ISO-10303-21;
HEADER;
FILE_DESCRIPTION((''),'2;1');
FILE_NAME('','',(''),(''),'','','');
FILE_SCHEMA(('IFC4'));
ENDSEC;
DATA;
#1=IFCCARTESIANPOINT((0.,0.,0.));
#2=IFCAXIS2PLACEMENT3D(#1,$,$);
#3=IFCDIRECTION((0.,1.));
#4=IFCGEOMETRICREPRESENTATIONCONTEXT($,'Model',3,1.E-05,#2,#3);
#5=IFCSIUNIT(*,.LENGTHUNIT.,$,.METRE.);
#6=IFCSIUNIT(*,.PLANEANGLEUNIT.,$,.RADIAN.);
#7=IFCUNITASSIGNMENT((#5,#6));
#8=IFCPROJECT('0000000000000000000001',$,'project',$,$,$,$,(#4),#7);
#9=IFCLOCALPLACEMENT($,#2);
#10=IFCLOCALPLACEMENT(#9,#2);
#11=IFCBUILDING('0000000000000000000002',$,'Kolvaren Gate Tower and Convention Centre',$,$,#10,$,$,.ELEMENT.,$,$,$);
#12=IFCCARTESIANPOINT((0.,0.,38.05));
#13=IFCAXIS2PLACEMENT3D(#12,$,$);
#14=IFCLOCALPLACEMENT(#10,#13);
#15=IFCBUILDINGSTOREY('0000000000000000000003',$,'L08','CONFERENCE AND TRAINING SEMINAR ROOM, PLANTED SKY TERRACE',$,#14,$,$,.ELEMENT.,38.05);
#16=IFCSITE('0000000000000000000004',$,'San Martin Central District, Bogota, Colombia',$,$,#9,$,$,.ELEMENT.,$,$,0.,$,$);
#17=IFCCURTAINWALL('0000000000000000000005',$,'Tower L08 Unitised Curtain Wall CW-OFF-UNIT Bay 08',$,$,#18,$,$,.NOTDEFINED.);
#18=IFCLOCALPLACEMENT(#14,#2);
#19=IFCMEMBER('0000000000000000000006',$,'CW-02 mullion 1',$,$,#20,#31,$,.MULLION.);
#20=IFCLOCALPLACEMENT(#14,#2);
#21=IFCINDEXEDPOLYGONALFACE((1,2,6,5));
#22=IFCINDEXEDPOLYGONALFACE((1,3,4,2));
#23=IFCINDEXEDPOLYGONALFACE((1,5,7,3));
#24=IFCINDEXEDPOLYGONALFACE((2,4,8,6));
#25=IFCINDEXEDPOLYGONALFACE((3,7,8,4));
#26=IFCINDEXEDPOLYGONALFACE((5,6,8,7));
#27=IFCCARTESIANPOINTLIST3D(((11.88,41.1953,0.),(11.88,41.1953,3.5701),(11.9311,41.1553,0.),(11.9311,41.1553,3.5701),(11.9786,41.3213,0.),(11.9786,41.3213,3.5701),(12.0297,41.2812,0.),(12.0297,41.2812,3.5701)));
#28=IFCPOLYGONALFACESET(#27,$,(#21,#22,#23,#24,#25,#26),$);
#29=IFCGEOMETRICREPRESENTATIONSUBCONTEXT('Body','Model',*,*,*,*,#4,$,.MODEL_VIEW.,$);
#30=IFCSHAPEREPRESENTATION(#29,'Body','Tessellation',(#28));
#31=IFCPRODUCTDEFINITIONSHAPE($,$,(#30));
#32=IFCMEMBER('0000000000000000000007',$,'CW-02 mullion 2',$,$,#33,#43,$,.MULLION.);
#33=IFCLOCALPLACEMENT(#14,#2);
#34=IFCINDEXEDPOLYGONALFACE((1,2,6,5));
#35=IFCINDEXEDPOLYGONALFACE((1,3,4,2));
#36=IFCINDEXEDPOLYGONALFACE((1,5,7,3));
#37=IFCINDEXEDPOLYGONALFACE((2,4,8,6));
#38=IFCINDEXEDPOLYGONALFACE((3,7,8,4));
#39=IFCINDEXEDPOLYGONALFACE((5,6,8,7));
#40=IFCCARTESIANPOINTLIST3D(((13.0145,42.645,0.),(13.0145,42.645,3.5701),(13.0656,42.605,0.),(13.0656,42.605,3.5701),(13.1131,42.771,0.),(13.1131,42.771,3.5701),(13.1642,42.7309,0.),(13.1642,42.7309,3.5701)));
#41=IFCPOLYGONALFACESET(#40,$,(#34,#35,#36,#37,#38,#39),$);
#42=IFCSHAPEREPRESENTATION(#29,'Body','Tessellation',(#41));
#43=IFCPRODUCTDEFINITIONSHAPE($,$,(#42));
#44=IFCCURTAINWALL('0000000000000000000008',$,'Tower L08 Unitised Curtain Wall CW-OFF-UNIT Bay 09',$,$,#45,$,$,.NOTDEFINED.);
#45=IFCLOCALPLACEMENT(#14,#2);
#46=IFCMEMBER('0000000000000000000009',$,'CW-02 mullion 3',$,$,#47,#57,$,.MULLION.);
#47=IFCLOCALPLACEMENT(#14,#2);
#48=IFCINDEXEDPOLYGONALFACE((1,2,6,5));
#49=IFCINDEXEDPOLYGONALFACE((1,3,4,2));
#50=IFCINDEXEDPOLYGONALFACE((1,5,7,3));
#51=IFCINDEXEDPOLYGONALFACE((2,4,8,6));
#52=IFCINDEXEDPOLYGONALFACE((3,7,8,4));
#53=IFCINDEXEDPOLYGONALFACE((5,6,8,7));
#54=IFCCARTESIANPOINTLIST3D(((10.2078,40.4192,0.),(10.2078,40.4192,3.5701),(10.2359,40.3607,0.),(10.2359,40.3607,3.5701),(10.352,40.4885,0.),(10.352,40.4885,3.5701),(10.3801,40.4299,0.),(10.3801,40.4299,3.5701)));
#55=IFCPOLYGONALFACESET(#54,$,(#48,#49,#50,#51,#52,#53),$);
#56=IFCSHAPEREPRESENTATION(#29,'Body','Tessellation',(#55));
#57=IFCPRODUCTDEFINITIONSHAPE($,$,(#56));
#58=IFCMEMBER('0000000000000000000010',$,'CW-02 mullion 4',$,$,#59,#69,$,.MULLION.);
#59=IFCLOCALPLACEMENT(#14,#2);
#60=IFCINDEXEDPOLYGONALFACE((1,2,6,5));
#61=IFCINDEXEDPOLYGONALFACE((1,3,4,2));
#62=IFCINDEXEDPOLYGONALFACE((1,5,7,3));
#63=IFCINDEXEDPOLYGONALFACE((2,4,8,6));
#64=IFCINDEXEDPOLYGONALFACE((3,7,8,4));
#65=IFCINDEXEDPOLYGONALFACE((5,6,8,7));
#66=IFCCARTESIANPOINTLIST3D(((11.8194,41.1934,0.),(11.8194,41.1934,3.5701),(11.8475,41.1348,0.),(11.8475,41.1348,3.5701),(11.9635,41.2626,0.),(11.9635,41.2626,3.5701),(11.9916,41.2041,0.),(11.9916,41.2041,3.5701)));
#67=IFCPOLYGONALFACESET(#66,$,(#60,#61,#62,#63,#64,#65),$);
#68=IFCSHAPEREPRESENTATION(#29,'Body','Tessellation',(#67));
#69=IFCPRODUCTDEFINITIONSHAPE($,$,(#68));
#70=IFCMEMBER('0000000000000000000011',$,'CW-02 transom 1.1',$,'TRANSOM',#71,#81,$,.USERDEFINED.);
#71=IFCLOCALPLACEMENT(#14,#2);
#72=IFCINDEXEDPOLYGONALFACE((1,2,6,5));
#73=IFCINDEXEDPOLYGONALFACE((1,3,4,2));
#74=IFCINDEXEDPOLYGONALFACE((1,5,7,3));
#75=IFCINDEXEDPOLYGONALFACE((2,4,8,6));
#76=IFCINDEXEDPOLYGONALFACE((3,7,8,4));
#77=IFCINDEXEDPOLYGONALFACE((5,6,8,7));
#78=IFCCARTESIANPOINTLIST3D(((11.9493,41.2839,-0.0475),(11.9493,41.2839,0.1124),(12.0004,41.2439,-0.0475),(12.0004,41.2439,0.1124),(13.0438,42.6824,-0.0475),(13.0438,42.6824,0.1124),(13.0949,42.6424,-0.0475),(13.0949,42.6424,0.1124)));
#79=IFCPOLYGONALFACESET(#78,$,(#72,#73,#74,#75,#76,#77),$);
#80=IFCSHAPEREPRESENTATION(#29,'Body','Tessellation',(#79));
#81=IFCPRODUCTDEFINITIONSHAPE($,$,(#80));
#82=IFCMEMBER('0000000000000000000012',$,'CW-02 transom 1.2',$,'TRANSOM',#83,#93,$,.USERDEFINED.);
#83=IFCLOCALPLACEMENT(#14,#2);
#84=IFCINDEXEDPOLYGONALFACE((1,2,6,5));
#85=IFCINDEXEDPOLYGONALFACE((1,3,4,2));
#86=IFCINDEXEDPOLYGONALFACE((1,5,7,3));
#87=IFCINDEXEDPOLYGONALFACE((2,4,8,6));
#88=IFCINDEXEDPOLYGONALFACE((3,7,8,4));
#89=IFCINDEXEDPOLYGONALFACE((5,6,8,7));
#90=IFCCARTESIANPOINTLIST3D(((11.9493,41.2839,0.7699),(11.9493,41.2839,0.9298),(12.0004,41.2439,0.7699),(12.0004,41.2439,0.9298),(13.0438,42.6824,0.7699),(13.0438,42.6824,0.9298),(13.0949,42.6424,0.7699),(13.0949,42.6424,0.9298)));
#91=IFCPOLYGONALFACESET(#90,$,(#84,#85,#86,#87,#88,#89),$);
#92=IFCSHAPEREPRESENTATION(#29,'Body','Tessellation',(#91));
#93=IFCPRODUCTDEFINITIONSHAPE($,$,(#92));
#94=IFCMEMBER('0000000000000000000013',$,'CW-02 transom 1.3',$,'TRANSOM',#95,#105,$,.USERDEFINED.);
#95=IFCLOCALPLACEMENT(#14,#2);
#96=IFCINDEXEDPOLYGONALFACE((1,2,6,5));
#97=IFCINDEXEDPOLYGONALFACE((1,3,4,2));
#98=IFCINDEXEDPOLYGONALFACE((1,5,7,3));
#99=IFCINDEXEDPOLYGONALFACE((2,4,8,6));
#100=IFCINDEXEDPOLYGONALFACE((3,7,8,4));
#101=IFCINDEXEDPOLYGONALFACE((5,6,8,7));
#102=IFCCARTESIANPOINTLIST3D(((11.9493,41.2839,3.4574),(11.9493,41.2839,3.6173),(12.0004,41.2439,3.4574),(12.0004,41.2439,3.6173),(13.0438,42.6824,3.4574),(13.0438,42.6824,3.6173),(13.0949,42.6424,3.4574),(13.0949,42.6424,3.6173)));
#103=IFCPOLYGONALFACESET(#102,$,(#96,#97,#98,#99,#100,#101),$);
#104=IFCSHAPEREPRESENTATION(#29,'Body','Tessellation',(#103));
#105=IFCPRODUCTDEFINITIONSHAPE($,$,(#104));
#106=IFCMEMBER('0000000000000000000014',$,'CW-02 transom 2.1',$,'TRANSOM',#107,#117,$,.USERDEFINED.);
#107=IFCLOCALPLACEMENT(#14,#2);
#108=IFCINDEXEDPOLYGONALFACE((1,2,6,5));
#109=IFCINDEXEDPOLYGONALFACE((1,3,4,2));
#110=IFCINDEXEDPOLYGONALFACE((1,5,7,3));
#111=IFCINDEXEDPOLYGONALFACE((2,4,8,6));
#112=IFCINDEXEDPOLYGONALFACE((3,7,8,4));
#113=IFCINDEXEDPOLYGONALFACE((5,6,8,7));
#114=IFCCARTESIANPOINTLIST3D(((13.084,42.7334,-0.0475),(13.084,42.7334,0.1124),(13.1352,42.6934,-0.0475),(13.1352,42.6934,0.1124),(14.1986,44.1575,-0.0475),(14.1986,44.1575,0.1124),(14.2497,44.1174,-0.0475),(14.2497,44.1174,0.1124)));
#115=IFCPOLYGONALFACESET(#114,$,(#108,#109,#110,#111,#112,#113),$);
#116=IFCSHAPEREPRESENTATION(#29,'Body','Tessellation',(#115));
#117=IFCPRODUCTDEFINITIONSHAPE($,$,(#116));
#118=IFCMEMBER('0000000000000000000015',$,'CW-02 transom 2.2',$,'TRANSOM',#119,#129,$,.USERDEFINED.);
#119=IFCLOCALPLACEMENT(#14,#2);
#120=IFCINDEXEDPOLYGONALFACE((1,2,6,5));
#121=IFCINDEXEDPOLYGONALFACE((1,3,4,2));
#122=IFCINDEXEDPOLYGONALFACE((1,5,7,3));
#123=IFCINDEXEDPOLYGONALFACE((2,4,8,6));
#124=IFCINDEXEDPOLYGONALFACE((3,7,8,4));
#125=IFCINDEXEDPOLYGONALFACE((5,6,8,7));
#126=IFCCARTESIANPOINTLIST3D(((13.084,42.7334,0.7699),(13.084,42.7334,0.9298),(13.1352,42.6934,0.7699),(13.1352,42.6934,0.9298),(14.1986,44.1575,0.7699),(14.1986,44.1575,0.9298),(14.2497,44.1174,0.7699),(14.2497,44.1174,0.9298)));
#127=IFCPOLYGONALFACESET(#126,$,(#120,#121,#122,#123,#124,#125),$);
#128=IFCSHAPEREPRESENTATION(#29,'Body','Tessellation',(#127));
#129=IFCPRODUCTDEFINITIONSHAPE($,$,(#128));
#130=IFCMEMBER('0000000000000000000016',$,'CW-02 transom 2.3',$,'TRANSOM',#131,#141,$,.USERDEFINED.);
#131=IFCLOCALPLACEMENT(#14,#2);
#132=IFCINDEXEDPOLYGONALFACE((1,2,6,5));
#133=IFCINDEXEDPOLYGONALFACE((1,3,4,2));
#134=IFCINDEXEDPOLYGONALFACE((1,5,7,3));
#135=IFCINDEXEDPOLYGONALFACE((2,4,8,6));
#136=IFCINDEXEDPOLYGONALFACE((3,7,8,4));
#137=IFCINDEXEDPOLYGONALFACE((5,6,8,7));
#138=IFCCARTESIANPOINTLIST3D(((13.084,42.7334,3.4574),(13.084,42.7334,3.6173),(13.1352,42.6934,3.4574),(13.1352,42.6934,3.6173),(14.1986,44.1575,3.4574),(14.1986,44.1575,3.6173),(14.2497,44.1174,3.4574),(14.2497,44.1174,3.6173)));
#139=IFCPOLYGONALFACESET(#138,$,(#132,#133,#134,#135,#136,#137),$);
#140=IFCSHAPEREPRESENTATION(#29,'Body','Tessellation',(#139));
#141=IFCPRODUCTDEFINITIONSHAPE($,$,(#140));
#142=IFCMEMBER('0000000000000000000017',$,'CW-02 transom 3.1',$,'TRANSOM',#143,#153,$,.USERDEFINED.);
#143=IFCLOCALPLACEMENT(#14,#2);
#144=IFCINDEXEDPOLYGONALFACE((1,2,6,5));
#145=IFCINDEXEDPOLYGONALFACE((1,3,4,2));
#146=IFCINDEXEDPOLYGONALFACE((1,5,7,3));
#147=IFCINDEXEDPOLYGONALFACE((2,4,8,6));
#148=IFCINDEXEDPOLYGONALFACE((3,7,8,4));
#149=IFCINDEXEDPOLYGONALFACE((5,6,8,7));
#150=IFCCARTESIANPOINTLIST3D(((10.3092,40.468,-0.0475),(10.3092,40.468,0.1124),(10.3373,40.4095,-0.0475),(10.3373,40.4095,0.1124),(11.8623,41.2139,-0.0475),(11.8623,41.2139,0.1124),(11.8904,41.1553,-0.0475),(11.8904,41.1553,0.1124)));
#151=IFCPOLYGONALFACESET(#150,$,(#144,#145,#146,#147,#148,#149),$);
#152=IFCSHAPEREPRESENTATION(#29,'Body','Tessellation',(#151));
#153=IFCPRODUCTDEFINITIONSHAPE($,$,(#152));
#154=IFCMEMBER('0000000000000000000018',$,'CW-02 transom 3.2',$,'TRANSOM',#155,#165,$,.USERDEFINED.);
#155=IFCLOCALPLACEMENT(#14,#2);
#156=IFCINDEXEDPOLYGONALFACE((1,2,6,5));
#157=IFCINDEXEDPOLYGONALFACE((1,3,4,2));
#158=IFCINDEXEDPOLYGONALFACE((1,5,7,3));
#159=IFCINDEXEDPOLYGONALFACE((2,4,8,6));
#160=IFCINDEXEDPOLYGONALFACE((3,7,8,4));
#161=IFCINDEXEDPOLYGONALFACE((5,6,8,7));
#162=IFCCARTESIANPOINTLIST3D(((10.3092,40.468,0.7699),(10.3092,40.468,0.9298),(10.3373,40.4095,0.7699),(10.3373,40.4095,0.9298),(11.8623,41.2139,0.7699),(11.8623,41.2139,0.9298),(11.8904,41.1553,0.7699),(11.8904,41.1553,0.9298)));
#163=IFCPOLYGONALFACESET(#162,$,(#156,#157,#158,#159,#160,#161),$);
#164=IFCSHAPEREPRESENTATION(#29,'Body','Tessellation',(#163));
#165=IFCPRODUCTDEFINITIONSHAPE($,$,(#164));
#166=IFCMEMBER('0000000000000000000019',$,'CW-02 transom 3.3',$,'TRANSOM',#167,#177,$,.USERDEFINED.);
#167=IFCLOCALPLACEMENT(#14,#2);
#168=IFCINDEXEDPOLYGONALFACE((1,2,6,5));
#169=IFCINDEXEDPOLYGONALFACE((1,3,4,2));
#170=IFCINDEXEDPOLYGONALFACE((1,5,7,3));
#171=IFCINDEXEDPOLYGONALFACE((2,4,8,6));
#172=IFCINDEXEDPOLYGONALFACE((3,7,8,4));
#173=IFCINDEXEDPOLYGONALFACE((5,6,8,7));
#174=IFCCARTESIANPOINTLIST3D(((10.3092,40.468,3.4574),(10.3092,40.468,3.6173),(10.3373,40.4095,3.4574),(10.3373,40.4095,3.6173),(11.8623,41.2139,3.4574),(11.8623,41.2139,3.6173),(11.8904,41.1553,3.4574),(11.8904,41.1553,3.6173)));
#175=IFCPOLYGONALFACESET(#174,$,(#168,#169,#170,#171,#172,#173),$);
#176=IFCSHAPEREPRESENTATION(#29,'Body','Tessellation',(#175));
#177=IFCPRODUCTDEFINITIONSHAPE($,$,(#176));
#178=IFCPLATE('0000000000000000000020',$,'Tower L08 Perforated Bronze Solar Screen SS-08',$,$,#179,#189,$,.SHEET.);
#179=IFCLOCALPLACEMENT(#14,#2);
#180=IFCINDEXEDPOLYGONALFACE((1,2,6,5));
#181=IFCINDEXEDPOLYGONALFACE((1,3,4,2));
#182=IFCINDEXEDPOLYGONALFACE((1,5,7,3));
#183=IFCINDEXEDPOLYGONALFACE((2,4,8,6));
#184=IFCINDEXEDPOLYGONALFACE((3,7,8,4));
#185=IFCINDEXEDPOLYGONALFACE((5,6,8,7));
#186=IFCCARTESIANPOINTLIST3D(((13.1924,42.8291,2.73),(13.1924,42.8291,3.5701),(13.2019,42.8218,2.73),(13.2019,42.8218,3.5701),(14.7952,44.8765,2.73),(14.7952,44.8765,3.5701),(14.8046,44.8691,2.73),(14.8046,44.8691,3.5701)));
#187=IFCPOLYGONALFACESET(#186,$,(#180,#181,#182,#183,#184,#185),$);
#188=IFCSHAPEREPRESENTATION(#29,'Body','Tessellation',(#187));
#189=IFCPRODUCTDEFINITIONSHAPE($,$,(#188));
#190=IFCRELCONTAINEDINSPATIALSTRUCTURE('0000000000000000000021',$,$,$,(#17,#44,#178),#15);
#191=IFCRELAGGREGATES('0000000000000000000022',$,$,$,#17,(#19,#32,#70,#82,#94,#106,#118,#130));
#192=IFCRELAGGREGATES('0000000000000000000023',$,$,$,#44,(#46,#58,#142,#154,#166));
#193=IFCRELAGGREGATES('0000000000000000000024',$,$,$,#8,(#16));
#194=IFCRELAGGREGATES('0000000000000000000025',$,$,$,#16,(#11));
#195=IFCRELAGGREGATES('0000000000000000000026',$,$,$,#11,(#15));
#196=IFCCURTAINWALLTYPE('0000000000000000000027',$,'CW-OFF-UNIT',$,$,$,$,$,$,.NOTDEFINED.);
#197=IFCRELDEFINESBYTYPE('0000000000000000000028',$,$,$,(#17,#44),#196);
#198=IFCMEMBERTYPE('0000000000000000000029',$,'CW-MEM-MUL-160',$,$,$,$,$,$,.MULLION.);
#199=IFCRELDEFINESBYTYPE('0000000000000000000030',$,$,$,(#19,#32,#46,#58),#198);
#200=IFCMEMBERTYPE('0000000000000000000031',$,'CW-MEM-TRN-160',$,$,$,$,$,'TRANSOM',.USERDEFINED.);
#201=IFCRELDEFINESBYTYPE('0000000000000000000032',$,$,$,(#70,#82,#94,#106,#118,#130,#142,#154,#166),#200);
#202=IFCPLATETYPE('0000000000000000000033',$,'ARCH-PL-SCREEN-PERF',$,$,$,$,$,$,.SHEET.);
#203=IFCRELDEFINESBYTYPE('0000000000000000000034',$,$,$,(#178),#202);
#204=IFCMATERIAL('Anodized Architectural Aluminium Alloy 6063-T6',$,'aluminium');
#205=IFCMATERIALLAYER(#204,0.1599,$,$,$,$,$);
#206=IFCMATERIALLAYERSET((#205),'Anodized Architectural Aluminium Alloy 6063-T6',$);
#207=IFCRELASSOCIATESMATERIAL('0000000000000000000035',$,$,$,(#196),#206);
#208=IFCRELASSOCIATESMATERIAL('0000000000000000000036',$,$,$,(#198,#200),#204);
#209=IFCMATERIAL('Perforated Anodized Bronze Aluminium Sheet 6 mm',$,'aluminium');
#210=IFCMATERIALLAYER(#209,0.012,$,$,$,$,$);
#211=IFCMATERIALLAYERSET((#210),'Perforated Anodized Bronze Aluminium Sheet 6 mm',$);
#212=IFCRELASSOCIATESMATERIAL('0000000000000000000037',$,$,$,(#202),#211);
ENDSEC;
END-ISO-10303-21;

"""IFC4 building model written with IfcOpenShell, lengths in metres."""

from ifc_helpers import new_model, si_unit, direction, frame, origin, origin_2d, place, context, subcontext, project, spatial, rectangle, extrude, material, layer, layer_set, material_profile, profile_set, type_object, element, aggregate, save


model = new_model("IFC4")

# Units and contexts
model_context = context("Model", 3, precision=1e-05, world=origin(), true_north=direction((0.0, 1.0)))
body_context = subcontext(model_context, "Body", "Model", "MODEL_VIEW")
ifc_project = project(units=[si_unit("LENGTHUNIT", "METRE"), si_unit("PLANEANGLEUNIT", "RADIAN")], contexts=[model_context])

# Site, building, storey
site_placement = place(None, origin())
site = spatial("IfcSite", under=ifc_project, at=site_placement, Name="San Martin Central District, Bogota, Colombia", CompositionType="ELEMENT", RefElevation=0.0)
building_placement = place(site_placement, origin())
building = spatial("IfcBuilding", under=site, at=building_placement, Name="Kolvaren Gate Tower and Convention Centre", CompositionType="ELEMENT")
storey_placement = place(building_placement, frame((0.0, 0.0, 38.05)))
storey = spatial("IfcBuildingStorey", under=building, at=storey_placement, Name="L08", Description="CONFERENCE AND TRAINING SEMINAR ROOM, PLANTED SKY TERRACE", CompositionType="ELEMENT", Elevation=38.05)

# Curtain walls, members
ifc_material_1 = material(Name="Anodized Architectural Aluminium Alloy 6063-T6", Category="aluminium")
ifc_layer_1 = layer(ifc_material_1, 0.1599)
ifc_layer_set_1 = layer_set([ifc_layer_1], Name="Anodized Architectural Aluminium Alloy 6063-T6")
curtain_wall_type = type_object("IfcCurtainWallType", Name="CW-OFF-UNIT", PredefinedType="NOTDEFINED", material=ifc_layer_set_1)
curtain_wall_1_placement = place(storey_placement, origin())
curtain_wall_1 = element("IfcCurtainWall", 1, at=curtain_wall_1_placement, inside=storey, type_object=curtain_wall_type, Name="Tower L08 Unitised Curtain Wall CW-OFF-UNIT Bay 08", PredefinedType="NOTDEFINED")
ifc_material_profile_1 = material_profile(ifc_material_1, rectangle(XDim=0.0649, YDim=0.1599, at=origin_2d()), Name="CW-MEM-MUL-160")
ifc_profile_set_1 = profile_set([ifc_material_profile_1], Name="Anodized Architectural Aluminium Alloy 6063-T6")
member_type_1 = type_object("IfcMemberType", Name="CW-MEM-MUL-160", PredefinedType="MULLION", material=ifc_profile_set_1)
member_1_placement = place(storey_placement, frame((11.9548, 41.2383, 0.0), z_axis=(0.0, 0.0, 1.0), x_axis=(-0.787417, 0.616421, 0.0)))
member_1 = element("IfcMember", 2, at=member_1_placement, type_object=member_type_1, Name="CW-02 mullion 1", PredefinedType="MULLION", context=body_context, shape_type="SweptSolid", body=[
    extrude(rectangle(XDim=0.0649, YDim=0.1599, at=origin_2d()), origin(), (0.0, 0.0, 1.0), 3.5701),
])
member_2_placement = place(storey_placement, frame((13.0894, 42.688, 0.0), z_axis=(0.0, 0.0, 1.0), x_axis=(-0.787417, 0.616421, 0.0)))
member_2 = element("IfcMember", 3, at=member_2_placement, type_object=member_type_1, Name="CW-02 mullion 2", PredefinedType="MULLION", context=body_context, shape_type="SweptSolid", body=[
    extrude(rectangle(XDim=0.0649, YDim=0.1599, at=origin_2d()), origin(), (0.0, 0.0, 1.0), 3.5701),
])
curtain_wall_2_placement = place(storey_placement, origin())
curtain_wall_2 = element("IfcCurtainWall", 4, at=curtain_wall_2_placement, inside=storey, type_object=curtain_wall_type, Name="Tower L08 Unitised Curtain Wall CW-OFF-UNIT Bay 09", PredefinedType="NOTDEFINED")
member_3_placement = place(storey_placement, frame((10.2939, 40.4246, 0.0), z_axis=(0.0, 0.0, 1.0), x_axis=(-0.433057, 0.901367, 0.0)))
member_3 = element("IfcMember", 5, at=member_3_placement, type_object=member_type_1, Name="CW-02 mullion 3", PredefinedType="MULLION", context=body_context, shape_type="SweptSolid", body=[
    extrude(rectangle(XDim=0.0649, YDim=0.1599, at=origin_2d()), origin(), (0.0, 0.0, 1.0), 3.5701),
])
member_4_placement = place(storey_placement, frame((11.9055, 41.1987, 0.0), z_axis=(0.0, 0.0, 1.0), x_axis=(-0.433057, 0.901367, 0.0)))
member_4 = element("IfcMember", 6, at=member_4_placement, type_object=member_type_1, Name="CW-02 mullion 4", PredefinedType="MULLION", context=body_context, shape_type="SweptSolid", body=[
    extrude(rectangle(XDim=0.0649, YDim=0.1599, at=origin_2d()), origin(), (0.0, 0.0, 1.0), 3.5701),
])

# Members
ifc_material_profile_2 = material_profile(ifc_material_1, rectangle(XDim=0.0649, YDim=0.1599, at=origin_2d()), Name="CW-MEM-TRN-160")
ifc_profile_set_2 = profile_set([ifc_material_profile_2], Name="Anodized Architectural Aluminium Alloy 6063-T6")
member_type_2 = type_object("IfcMemberType", Name="CW-MEM-TRN-160", ElementType="TRANSOM", PredefinedType="USERDEFINED", material=ifc_profile_set_2)
member_5_placement = place(storey_placement, frame((11.9749, 41.2639, 0.0325), z_axis=(0.616327, 0.78749, 0.0), x_axis=(-0.78749, 0.616327, 0.0)))
member_5 = element("IfcMember", 7, at=member_5_placement, type_object=member_type_2, Name="CW-02 transom 1.1", ObjectType="TRANSOM", PredefinedType="USERDEFINED", context=body_context, shape_type="SweptSolid", body=[
    extrude(rectangle(XDim=0.0649, YDim=0.1599, at=origin_2d()), origin(), (0.0, 0.0, 1.0), 1.7759),
])
member_6_placement = place(storey_placement, frame((11.9749, 41.2639, 0.8499), z_axis=(0.616327, 0.78749, 0.0), x_axis=(-0.78749, 0.616327, 0.0)))
member_6 = element("IfcMember", 8, at=member_6_placement, type_object=member_type_2, Name="CW-02 transom 1.2", ObjectType="TRANSOM", PredefinedType="USERDEFINED", context=body_context, shape_type="SweptSolid", body=[
    extrude(rectangle(XDim=0.0649, YDim=0.1599, at=origin_2d()), origin(), (0.0, 0.0, 1.0), 1.7759),
])
member_7_placement = place(storey_placement, frame((11.9749, 41.2639, 3.5374), z_axis=(0.616327, 0.78749, 0.0), x_axis=(-0.78749, 0.616327, 0.0)))
member_7 = element("IfcMember", 9, at=member_7_placement, type_object=member_type_2, Name="CW-02 transom 1.3", ObjectType="TRANSOM", PredefinedType="USERDEFINED", context=body_context, shape_type="SweptSolid", body=[
    extrude(rectangle(XDim=0.0649, YDim=0.1599, at=origin_2d()), origin(), (0.0, 0.0, 1.0), 1.7759),
])
member_8_placement = place(storey_placement, frame((13.1096, 42.7134, 0.0325), z_axis=(0.616312, 0.787502, 0.0), x_axis=(-0.787502, 0.616312, 0.0)))
member_8 = element("IfcMember", 10, at=member_8_placement, type_object=member_type_2, Name="CW-02 transom 2.1", ObjectType="TRANSOM", PredefinedType="USERDEFINED", context=body_context, shape_type="SweptSolid", body=[
    extrude(rectangle(XDim=0.0649, YDim=0.1599, at=origin_2d()), origin(), (0.0, 0.0, 1.0), 1.8083),
])
member_9_placement = place(storey_placement, frame((13.1096, 42.7134, 0.8499), z_axis=(0.616312, 0.787502, 0.0), x_axis=(-0.787502, 0.616312, 0.0)))
member_9 = element("IfcMember", 11, at=member_9_placement, type_object=member_type_2, Name="CW-02 transom 2.2", ObjectType="TRANSOM", PredefinedType="USERDEFINED", context=body_context, shape_type="SweptSolid", body=[
    extrude(rectangle(XDim=0.0649, YDim=0.1599, at=origin_2d()), origin(), (0.0, 0.0, 1.0), 1.8083),
])
member_10_placement = place(storey_placement, frame((13.1096, 42.7134, 3.5374), z_axis=(0.616312, 0.787502, 0.0), x_axis=(-0.787502, 0.616312, 0.0)))
member_10 = element("IfcMember", 12, at=member_10_placement, type_object=member_type_2, Name="CW-02 transom 2.3", ObjectType="TRANSOM", PredefinedType="USERDEFINED", context=body_context, shape_type="SweptSolid", body=[
    extrude(rectangle(XDim=0.0649, YDim=0.1599, at=origin_2d()), origin(), (0.0, 0.0, 1.0), 1.8083),
])
member_11_placement = place(storey_placement, frame((10.3232, 40.4387, 0.0325), z_axis=(0.901428, 0.432929, 0.0), x_axis=(-0.432929, 0.901428, 0.0)))
member_11 = element("IfcMember", 13, at=member_11_placement, type_object=member_type_2, Name="CW-02 transom 3.1", ObjectType="TRANSOM", PredefinedType="USERDEFINED", context=body_context, shape_type="SweptSolid", body=[
    extrude(rectangle(XDim=0.0649, YDim=0.1599, at=origin_2d()), origin(), (0.0, 0.0, 1.0), 1.7229),
])
member_12_placement = place(storey_placement, frame((10.3232, 40.4387, 0.8499), z_axis=(0.901428, 0.432929, 0.0), x_axis=(-0.432929, 0.901428, 0.0)))
member_12 = element("IfcMember", 14, at=member_12_placement, type_object=member_type_2, Name="CW-02 transom 3.2", ObjectType="TRANSOM", PredefinedType="USERDEFINED", context=body_context, shape_type="SweptSolid", body=[
    extrude(rectangle(XDim=0.0649, YDim=0.1599, at=origin_2d()), origin(), (0.0, 0.0, 1.0), 1.7229),
])
member_13_placement = place(storey_placement, frame((10.3232, 40.4387, 3.5374), z_axis=(0.901428, 0.432929, 0.0), x_axis=(-0.432929, 0.901428, 0.0)))
member_13 = element("IfcMember", 15, at=member_13_placement, type_object=member_type_2, Name="CW-02 transom 3.3", ObjectType="TRANSOM", PredefinedType="USERDEFINED", context=body_context, shape_type="SweptSolid", body=[
    extrude(rectangle(XDim=0.0649, YDim=0.1599, at=origin_2d()), origin(), (0.0, 0.0, 1.0), 1.7229),
])

# Plate
ifc_material_2 = material(Name="Perforated Anodized Bronze Aluminium Sheet 6 mm", Category="aluminium")
ifc_layer_2 = layer(ifc_material_2, 0.012)
ifc_layer_set_2 = layer_set([ifc_layer_2], Name="Perforated Anodized Bronze Aluminium Sheet 6 mm")
plate_type_1 = type_object("IfcPlateType", Name="ARCH-PL-SCREEN-PERF", PredefinedType="SHEET", material=ifc_layer_set_2)
plate_1_placement = place(storey_placement, frame((13.9985, 43.8491, 2.73), z_axis=(0.0, 0.0, 1.0), x_axis=(0.616424, 0.787414, 0.0)))
element("IfcPlate", 16, at=plate_1_placement, inside=storey, type_object=plate_type_1, Name="Tower L08 Perforated Bronze Solar Screen SS-08", PredefinedType="SHEET", context=body_context, shape_type="SweptSolid", body=[
    extrude(rectangle(XDim=2.6001, YDim=0.012, at=origin_2d()), origin(), (0.0, 0.0, 1.0), 0.8401),
])
aggregate(curtain_wall_1, [member_1, member_2, member_5, member_6, member_7, member_8, member_9, member_10])
aggregate(curtain_wall_2, [member_3, member_4, member_11, member_12, member_13])

save(model, "model.ifc")
